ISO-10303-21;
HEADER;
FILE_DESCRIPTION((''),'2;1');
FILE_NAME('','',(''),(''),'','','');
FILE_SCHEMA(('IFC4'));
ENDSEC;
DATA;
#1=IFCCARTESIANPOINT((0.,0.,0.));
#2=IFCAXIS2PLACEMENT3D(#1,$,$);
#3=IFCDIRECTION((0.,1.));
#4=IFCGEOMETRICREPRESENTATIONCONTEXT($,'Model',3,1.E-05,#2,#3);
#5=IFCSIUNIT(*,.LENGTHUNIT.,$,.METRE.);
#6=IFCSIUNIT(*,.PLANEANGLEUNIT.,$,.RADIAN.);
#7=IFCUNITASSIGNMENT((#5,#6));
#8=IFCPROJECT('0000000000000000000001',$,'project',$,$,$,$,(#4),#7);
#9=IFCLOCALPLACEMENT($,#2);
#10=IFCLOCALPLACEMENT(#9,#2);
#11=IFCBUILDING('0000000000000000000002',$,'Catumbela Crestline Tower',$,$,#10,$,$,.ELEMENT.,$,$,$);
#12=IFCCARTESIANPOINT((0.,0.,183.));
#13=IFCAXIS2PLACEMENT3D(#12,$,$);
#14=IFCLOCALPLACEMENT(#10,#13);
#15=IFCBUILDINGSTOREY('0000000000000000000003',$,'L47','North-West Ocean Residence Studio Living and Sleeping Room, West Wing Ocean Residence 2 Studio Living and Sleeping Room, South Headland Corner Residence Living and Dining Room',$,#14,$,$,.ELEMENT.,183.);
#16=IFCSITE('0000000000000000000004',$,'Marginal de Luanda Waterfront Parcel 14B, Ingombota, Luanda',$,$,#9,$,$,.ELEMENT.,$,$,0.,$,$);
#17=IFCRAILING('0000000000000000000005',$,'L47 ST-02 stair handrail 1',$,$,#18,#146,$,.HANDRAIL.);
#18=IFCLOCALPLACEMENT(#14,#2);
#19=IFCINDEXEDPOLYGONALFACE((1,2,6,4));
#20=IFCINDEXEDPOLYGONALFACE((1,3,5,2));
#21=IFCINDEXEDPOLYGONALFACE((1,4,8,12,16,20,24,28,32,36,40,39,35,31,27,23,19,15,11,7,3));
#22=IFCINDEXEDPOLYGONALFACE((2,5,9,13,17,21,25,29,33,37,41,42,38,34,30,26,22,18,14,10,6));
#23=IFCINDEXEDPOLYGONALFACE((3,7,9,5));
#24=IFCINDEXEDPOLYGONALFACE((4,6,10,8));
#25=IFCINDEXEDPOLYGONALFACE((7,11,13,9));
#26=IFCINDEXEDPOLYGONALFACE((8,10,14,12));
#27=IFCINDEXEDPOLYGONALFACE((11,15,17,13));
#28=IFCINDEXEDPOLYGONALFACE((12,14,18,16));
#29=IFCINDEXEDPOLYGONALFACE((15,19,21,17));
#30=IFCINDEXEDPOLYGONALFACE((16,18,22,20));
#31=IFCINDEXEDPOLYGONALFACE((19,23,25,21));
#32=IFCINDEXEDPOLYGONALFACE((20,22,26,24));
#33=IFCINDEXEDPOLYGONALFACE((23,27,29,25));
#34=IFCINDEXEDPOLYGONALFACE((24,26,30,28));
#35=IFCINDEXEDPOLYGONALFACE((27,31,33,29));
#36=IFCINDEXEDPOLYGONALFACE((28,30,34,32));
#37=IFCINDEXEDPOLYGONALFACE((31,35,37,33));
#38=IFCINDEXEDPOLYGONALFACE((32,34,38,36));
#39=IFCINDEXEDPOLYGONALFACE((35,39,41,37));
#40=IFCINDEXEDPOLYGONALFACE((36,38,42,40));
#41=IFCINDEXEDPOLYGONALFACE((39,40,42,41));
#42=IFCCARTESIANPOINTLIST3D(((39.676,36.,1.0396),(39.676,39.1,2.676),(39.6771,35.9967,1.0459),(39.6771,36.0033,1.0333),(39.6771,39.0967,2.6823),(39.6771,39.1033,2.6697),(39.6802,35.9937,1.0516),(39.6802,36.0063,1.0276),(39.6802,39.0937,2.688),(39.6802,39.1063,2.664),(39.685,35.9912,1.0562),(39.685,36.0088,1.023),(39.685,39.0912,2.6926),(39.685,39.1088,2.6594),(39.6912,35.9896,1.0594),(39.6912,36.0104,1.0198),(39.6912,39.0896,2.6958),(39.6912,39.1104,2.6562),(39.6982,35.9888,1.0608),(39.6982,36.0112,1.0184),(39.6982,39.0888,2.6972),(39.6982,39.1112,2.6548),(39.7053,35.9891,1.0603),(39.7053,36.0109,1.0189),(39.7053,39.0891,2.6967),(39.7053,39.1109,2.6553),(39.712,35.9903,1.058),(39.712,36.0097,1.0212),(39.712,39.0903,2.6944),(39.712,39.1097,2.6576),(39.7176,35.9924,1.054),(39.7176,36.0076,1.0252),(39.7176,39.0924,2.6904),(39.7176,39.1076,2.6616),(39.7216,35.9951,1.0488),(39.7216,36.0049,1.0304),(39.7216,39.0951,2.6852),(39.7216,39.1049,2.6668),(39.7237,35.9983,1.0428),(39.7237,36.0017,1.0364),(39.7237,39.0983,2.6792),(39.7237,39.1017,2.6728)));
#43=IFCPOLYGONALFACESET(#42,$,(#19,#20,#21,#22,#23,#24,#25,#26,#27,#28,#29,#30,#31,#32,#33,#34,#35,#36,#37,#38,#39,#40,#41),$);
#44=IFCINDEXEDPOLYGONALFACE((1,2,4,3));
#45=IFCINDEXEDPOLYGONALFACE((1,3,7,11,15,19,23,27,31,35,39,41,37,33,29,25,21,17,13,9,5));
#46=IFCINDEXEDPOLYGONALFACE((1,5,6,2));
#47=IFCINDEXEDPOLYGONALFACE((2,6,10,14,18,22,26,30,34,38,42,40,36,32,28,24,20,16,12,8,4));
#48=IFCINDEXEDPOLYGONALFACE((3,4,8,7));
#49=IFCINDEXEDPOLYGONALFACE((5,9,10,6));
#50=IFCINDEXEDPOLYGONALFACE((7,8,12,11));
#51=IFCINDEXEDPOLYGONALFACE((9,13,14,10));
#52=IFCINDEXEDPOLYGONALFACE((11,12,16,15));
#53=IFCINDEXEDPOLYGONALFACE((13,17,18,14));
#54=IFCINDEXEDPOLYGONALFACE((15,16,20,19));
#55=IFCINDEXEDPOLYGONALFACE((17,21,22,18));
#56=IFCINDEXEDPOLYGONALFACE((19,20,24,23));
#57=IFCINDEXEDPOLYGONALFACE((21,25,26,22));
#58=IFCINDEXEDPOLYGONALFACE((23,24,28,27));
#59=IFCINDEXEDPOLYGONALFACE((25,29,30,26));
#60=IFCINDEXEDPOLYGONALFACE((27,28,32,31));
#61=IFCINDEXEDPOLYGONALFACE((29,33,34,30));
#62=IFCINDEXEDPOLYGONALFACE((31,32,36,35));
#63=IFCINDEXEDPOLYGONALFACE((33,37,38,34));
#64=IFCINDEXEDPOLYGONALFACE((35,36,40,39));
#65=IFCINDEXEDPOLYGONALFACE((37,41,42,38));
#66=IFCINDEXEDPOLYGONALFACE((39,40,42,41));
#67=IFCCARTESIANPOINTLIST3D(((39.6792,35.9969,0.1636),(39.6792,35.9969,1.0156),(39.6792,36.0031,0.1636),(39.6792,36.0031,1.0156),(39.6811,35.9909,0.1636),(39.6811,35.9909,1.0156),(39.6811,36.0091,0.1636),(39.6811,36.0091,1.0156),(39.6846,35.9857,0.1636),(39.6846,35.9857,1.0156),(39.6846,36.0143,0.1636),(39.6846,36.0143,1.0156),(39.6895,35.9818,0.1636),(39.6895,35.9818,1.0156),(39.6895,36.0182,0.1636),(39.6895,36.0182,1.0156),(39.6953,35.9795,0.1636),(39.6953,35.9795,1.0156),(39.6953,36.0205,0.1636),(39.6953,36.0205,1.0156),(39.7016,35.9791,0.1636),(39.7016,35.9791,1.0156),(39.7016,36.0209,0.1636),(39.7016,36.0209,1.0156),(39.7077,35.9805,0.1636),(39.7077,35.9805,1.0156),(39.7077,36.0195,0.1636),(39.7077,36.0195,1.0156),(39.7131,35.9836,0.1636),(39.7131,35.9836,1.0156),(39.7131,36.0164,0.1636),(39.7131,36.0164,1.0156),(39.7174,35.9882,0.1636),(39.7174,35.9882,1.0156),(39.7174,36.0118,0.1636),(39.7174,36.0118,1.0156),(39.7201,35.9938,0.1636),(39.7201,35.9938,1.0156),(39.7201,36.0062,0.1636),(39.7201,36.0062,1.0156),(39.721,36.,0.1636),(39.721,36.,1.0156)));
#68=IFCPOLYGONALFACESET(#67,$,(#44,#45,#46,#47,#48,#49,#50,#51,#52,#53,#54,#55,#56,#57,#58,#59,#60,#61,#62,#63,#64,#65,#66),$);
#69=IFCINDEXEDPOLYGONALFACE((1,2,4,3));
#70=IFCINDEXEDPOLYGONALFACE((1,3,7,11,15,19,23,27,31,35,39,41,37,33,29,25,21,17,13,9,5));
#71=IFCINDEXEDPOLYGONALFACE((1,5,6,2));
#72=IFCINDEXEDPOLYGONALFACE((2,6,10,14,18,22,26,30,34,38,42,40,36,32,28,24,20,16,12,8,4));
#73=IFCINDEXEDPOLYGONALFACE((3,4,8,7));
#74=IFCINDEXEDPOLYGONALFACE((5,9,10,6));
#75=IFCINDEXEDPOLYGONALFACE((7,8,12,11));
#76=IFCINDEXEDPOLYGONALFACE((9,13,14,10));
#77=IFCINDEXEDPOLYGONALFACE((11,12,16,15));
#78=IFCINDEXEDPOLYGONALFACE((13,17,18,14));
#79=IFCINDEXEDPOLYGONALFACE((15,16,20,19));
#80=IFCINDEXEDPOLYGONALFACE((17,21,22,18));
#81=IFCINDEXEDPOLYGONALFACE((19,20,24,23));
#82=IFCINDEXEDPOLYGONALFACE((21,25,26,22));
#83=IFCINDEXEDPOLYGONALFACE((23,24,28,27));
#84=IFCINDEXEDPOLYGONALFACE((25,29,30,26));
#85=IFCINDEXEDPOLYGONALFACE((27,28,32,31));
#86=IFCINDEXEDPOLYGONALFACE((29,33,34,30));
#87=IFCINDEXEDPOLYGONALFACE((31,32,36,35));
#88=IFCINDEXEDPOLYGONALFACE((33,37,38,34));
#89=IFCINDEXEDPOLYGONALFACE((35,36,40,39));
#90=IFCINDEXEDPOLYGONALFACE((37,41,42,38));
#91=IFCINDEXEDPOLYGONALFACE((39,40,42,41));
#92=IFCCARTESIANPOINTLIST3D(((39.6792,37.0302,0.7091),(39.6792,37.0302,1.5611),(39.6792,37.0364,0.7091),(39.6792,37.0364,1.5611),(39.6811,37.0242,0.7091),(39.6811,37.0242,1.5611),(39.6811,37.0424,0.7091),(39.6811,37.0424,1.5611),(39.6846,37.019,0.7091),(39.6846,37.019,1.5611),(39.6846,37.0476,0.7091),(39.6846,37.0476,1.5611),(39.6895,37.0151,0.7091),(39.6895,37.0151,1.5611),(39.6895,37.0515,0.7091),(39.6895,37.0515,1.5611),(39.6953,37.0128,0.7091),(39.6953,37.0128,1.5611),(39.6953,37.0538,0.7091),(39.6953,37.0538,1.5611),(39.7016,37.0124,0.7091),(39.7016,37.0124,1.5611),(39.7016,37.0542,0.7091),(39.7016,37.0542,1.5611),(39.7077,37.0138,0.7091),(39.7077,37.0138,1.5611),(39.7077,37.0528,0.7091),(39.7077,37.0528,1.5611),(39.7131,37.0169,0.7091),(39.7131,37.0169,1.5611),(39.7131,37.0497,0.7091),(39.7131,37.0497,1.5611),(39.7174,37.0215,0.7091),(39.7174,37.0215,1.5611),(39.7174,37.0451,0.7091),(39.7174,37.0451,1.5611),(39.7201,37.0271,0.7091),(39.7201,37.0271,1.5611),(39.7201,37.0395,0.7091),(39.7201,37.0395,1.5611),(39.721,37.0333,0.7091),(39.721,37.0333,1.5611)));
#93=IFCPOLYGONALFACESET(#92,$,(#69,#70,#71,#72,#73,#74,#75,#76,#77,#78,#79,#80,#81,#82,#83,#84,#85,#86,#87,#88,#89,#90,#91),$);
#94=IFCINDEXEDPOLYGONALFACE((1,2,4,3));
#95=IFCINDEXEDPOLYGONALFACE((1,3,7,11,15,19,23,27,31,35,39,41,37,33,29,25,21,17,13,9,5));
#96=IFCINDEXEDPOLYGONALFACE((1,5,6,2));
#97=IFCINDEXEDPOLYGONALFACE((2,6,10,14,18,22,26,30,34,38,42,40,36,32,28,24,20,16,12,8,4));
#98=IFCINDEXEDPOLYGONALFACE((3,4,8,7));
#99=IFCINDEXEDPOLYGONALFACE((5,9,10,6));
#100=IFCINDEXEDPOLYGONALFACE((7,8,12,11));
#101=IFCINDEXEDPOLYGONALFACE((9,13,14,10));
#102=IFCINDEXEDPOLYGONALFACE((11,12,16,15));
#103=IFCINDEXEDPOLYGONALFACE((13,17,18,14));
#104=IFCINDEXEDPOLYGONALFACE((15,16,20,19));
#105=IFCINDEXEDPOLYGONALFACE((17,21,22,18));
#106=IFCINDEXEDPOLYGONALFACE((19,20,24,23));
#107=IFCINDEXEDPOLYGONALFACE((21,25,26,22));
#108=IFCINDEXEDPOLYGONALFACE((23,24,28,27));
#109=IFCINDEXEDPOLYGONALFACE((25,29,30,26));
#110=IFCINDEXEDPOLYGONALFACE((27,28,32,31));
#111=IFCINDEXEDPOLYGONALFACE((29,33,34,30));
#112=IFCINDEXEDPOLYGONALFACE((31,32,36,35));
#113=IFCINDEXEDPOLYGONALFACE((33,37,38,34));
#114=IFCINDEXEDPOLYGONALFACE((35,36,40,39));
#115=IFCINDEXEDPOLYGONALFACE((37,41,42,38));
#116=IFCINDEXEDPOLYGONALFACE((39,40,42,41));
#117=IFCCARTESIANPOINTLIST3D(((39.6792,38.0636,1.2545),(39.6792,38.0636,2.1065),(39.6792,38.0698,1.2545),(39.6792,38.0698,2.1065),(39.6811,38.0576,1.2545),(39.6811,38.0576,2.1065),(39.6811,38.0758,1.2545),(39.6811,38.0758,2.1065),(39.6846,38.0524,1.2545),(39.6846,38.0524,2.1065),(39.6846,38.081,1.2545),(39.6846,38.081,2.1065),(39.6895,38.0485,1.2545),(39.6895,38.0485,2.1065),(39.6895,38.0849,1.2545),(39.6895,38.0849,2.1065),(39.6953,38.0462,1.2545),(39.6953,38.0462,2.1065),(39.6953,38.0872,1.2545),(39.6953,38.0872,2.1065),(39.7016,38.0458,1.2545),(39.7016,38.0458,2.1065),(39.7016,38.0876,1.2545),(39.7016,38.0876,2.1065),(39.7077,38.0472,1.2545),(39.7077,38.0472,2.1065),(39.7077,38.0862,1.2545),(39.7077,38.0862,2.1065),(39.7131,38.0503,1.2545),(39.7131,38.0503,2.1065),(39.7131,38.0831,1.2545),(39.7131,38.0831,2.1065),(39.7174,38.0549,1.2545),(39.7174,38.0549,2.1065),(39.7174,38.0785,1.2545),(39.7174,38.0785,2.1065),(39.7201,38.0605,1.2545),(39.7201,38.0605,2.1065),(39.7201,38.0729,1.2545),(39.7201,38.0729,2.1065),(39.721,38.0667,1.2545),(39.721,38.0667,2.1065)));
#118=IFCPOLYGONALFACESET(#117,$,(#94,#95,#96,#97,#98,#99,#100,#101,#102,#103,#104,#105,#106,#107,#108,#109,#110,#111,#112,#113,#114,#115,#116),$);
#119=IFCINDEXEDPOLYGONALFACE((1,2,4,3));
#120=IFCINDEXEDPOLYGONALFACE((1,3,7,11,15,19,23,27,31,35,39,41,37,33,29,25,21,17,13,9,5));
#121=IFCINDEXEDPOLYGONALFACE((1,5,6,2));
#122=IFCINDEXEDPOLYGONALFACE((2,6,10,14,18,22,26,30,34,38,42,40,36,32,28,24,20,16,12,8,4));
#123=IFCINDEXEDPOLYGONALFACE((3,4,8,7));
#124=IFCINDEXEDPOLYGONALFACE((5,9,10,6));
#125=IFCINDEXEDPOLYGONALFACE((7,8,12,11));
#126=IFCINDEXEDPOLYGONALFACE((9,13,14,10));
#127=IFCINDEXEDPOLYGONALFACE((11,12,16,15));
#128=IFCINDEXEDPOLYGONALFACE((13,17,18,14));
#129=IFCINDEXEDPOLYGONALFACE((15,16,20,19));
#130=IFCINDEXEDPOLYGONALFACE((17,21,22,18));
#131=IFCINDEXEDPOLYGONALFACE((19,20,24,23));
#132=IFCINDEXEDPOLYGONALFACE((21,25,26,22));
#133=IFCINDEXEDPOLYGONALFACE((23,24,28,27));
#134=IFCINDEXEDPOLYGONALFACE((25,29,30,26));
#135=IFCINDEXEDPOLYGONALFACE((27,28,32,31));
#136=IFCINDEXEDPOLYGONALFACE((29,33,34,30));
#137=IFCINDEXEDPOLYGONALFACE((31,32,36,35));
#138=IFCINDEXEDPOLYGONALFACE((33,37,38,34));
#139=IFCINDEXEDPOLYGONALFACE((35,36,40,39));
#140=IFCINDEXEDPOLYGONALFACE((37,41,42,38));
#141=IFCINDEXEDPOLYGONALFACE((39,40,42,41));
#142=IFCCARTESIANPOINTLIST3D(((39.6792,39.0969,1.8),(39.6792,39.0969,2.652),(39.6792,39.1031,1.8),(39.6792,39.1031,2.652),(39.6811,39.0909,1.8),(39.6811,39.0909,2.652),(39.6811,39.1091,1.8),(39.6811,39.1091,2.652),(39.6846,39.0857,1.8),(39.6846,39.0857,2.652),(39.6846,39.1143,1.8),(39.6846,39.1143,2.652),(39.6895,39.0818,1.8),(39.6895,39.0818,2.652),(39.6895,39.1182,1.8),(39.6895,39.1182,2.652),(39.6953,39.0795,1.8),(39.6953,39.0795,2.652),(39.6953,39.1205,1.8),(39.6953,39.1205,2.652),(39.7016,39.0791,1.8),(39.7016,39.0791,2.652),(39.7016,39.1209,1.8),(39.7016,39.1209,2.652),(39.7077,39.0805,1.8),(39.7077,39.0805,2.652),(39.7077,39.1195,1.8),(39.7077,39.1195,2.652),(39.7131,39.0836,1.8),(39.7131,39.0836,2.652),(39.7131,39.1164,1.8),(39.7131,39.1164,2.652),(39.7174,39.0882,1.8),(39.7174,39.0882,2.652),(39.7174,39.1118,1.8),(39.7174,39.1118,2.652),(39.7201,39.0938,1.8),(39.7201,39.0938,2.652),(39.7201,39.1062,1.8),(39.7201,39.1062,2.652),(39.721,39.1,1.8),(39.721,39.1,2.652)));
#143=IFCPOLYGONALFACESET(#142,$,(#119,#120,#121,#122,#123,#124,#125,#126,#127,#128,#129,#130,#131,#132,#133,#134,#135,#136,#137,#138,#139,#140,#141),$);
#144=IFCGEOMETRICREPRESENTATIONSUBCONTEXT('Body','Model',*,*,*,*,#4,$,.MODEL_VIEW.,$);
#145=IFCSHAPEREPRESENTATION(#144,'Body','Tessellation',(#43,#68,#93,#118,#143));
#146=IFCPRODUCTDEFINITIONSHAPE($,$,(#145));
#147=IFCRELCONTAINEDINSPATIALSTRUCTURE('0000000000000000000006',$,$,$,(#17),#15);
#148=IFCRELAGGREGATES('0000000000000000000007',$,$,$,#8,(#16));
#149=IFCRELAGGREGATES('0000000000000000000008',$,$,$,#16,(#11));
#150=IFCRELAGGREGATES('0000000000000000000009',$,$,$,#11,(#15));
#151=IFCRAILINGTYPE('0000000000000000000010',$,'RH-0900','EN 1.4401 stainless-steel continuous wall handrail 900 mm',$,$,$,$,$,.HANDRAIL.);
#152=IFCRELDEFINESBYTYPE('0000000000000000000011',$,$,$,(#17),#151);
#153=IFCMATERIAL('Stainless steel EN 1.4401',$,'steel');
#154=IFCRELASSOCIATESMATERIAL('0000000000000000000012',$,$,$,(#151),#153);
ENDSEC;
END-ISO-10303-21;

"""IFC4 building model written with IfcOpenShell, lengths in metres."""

from ifc_helpers import new_model, si_unit, direction, frame, origin, origin_2d, place, context, subcontext, project, spatial, circle, extrude, material, type_object, element, save


model = new_model("IFC4")

# Units and contexts
model_context = context("Model", 3, precision=1e-05, world=origin(), true_north=direction((0.0, 1.0)))
body_context = subcontext(model_context, "Body", "Model", "MODEL_VIEW")
ifc_project = project(units=[si_unit("LENGTHUNIT", "METRE"), si_unit("PLANEANGLEUNIT", "RADIAN")], contexts=[model_context])

# Site, building, storey
site_placement = place(None, origin())
site = spatial("IfcSite", under=ifc_project, at=site_placement, Name="Marginal de Luanda Waterfront Parcel 14B, Ingombota, Luanda", CompositionType="ELEMENT", RefElevation=0.0)
building_placement = place(site_placement, origin())
building = spatial("IfcBuilding", under=site, at=building_placement, Name="Catumbela Crestline Tower", CompositionType="ELEMENT")
storey_placement = place(building_placement, frame((0.0, 0.0, 183.0)))
storey = spatial("IfcBuildingStorey", under=building, at=storey_placement, Name="L47", Description="North-West Ocean Residence Studio Living and Sleeping Room, West Wing Ocean Residence 2 Studio Living and Sleeping Room, South Headland Corner Residence Living and Dining Room", CompositionType="ELEMENT", Elevation=183.0)

# Shared definitions
ifc_material_1 = material(Name="Stainless steel EN 1.4401", Category="steel")

# Railing
railing_type_1 = type_object("IfcRailingType", Name="RH-0900", Description="EN 1.4401 stainless-steel continuous wall handrail 900 mm", PredefinedType="HANDRAIL", material=ifc_material_1)
railing_1_placement = place(storey_placement, frame((39.7, 36.0, 0.1636)))
element("IfcRailing", 1, at=railing_1_placement, inside=storey, type_object=railing_type_1, Name="L47 ST-02 stair handrail 1", PredefinedType="HANDRAIL", context=body_context, shape_type="SweptSolid", body=[
    extrude(circle(Radius=0.024, at=origin_2d()), frame((0.0, 0.0, 0.876), z_axis=(0.0, 0.884351, 0.466823), x_axis=(-1.0, 0.0, 0.0)), (0.0, 0.0, 1.0), 3.5054),
    extrude(circle(Radius=0.021, at=origin_2d()), origin(), (0.0, 0.0, 1.0), 0.852),
    extrude(circle(Radius=0.021, at=origin_2d()), frame((0.0, 1.0333, 0.5455)), (0.0, 0.0, 1.0), 0.852),
    extrude(circle(Radius=0.021, at=origin_2d()), frame((0.0, 2.0667, 1.0909)), (0.0, 0.0, 1.0), 0.852),
    extrude(circle(Radius=0.021, at=origin_2d()), frame((0.0, 3.1, 1.6364)), (0.0, 0.0, 1.0), 0.852),
])

save(model, "model.ifc")
